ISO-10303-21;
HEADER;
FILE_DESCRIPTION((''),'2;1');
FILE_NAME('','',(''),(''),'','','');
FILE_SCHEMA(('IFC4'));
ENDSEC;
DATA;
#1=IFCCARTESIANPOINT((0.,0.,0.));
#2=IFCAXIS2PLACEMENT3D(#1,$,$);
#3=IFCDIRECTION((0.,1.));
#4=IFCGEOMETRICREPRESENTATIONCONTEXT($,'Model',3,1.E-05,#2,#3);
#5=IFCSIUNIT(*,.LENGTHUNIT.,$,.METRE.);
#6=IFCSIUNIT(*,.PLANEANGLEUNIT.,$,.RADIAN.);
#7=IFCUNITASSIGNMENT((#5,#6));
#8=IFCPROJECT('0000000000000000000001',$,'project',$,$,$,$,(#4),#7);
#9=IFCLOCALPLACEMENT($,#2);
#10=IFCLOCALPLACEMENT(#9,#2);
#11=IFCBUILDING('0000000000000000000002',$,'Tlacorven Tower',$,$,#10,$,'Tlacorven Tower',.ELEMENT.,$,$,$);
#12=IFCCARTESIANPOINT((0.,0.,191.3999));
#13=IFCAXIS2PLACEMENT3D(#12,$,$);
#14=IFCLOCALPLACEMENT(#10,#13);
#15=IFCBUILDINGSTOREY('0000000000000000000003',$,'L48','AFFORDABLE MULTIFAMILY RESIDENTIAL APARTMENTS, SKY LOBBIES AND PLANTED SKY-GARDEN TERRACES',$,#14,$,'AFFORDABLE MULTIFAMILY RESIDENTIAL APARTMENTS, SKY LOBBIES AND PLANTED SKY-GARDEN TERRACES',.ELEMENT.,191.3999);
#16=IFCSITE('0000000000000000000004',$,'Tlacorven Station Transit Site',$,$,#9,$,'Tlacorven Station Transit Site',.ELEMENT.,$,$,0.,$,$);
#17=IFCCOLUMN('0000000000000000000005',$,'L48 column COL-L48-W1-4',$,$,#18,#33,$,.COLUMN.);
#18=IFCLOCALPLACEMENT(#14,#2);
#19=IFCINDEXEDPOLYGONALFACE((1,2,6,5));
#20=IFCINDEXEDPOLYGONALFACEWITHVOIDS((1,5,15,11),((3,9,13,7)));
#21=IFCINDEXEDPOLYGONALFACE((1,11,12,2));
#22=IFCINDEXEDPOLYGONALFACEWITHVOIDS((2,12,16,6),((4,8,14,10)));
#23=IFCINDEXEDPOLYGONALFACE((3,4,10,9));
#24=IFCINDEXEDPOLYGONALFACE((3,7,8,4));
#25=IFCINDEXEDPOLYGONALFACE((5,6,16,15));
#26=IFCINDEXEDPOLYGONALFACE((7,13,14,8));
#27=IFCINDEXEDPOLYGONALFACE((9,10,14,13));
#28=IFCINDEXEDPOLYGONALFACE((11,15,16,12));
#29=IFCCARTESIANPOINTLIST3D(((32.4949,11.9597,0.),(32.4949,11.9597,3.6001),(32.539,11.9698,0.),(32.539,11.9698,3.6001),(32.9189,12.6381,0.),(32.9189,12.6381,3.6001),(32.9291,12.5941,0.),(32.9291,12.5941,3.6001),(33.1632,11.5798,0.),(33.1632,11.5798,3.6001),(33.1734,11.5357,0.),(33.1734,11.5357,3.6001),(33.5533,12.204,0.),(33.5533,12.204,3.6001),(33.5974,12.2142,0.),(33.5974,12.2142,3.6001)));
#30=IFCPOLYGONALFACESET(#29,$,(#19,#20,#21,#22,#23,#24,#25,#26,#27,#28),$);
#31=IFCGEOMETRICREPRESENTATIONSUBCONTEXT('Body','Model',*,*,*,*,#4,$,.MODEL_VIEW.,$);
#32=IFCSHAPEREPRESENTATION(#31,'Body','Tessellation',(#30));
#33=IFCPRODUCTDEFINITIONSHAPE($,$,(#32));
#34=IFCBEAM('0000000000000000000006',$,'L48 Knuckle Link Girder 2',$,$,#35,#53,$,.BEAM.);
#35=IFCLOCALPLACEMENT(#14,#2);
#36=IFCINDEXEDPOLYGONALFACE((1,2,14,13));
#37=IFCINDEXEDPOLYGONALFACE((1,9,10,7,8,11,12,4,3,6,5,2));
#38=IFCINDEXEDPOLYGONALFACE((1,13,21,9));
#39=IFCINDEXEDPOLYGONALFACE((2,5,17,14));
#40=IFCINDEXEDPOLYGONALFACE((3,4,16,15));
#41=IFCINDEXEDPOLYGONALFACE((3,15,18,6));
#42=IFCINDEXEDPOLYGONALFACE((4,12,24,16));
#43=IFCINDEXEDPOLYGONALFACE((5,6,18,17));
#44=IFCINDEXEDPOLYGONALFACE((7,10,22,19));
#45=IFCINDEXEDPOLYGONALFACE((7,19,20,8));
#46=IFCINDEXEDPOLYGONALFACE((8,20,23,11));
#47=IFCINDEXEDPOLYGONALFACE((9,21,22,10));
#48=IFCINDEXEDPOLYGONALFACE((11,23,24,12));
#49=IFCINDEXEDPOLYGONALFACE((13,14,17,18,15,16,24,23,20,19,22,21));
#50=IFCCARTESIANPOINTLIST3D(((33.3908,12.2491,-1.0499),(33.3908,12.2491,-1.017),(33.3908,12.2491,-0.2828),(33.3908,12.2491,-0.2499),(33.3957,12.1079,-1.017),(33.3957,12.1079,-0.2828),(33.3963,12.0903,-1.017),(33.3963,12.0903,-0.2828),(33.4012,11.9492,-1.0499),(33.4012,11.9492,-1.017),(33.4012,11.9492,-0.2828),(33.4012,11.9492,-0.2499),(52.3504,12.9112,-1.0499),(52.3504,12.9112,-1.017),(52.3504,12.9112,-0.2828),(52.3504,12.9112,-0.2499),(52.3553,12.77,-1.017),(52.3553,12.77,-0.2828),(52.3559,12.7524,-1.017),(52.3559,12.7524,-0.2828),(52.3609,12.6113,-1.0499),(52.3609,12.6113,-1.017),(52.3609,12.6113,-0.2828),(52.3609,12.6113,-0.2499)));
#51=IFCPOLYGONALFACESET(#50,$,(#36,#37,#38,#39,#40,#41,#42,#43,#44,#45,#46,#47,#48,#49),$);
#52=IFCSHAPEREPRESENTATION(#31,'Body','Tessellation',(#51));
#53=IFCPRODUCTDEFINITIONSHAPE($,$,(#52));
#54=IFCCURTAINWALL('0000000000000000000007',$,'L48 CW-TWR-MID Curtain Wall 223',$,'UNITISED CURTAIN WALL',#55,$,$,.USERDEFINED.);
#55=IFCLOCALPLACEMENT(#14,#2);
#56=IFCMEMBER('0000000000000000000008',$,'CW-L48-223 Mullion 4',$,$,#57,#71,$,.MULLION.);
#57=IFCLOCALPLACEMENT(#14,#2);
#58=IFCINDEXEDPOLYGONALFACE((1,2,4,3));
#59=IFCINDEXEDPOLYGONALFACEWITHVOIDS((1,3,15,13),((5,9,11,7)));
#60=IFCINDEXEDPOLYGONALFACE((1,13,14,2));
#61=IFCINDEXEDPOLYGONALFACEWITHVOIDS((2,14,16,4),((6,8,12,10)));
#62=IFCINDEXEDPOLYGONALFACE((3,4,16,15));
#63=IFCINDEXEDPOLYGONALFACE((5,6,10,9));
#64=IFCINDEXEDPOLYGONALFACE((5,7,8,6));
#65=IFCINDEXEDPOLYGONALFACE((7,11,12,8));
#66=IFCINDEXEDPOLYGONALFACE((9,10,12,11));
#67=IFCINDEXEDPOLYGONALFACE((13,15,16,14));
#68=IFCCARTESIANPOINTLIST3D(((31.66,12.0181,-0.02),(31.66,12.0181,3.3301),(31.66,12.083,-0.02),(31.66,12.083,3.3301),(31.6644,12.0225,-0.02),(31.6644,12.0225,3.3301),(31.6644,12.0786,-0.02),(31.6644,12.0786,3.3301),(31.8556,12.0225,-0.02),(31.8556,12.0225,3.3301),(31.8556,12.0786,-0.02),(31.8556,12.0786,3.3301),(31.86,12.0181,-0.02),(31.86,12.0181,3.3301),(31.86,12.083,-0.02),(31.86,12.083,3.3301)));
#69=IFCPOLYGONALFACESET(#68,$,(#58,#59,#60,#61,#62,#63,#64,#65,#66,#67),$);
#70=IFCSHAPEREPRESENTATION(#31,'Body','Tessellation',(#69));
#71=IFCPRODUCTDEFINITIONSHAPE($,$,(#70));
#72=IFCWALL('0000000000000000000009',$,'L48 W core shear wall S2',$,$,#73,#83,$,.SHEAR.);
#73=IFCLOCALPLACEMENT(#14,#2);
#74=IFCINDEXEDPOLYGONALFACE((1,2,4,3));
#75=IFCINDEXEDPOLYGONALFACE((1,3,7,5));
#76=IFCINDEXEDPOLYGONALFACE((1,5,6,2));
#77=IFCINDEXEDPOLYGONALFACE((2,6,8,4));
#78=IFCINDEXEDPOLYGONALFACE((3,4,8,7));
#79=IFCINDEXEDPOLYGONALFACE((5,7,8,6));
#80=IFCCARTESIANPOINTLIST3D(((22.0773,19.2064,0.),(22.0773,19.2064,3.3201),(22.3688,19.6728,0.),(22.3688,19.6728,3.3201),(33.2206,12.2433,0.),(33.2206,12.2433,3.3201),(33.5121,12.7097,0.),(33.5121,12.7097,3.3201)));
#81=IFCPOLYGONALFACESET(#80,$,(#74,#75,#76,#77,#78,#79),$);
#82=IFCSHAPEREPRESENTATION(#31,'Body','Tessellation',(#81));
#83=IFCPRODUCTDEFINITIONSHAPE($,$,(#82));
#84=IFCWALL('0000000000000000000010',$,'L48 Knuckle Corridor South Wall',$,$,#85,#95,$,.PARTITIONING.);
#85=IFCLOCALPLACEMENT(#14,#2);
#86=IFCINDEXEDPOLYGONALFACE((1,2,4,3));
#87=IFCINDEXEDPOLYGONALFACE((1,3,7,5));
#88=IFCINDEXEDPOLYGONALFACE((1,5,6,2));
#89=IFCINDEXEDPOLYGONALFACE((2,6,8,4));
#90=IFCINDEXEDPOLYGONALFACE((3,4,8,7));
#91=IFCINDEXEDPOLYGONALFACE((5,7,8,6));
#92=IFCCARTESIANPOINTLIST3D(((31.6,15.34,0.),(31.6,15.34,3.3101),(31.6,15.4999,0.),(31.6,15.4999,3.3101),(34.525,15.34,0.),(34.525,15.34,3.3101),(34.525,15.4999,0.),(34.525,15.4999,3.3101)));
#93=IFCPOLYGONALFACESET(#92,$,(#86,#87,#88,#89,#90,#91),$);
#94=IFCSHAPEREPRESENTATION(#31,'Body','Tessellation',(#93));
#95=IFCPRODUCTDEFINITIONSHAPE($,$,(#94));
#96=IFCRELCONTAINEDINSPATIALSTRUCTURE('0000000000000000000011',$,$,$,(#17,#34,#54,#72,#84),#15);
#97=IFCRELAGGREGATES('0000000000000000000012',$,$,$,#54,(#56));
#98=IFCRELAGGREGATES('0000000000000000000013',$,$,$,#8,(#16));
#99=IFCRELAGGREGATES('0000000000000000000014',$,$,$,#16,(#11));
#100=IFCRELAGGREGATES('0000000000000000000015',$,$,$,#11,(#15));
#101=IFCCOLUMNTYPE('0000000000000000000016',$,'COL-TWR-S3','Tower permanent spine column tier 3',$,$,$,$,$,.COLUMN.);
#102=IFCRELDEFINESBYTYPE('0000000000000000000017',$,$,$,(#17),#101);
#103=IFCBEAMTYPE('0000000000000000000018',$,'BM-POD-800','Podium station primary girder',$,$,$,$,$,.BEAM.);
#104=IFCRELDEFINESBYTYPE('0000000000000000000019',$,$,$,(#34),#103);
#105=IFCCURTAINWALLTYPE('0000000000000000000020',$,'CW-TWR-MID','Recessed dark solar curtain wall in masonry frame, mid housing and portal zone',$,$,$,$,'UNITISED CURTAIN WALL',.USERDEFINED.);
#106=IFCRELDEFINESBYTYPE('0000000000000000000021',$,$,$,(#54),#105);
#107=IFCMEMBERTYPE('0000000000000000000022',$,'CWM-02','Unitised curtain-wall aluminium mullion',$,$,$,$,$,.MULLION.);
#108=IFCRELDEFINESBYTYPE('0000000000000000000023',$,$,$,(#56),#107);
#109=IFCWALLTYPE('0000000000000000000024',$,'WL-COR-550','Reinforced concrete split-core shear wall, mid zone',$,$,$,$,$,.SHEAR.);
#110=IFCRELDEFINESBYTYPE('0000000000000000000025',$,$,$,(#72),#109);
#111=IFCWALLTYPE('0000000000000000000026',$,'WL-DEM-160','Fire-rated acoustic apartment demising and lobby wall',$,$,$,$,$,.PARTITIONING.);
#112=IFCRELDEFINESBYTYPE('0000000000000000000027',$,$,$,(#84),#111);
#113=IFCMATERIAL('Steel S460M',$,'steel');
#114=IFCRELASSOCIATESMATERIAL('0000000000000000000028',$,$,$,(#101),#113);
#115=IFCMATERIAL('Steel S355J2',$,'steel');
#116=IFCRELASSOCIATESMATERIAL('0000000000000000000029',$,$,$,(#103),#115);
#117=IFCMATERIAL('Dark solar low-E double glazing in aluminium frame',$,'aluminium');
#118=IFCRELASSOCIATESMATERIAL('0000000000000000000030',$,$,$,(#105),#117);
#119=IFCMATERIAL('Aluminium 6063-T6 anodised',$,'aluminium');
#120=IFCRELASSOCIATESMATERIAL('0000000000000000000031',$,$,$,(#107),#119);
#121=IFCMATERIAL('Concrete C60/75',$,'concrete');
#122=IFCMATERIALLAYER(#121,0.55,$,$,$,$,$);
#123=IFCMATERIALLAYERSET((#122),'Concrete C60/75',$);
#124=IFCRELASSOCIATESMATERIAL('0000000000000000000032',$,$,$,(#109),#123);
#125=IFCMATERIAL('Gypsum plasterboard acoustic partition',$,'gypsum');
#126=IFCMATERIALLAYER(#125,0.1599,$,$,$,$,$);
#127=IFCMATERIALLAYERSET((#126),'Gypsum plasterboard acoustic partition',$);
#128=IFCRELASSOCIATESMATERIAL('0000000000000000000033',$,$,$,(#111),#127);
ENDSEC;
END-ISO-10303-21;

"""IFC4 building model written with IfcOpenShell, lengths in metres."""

from ifc_helpers import new_model, si_unit, direction, frame, frame_2d, origin, origin_2d, place, context, subcontext, project, spatial, rectangle, hollow_rectangle, i_section, extrude, source, transform, mapped, material, layer, layer_set, material_profile, profile_set, type_object, element, aggregate, save


model = new_model("IFC4")

# Units and contexts
model_context = context("Model", 3, precision=1e-05, world=origin(), true_north=direction((0.0, 1.0)))
body_context = subcontext(model_context, "Body", "Model", "MODEL_VIEW")
ifc_project = project(units=[si_unit("LENGTHUNIT", "METRE"), si_unit("PLANEANGLEUNIT", "RADIAN")], contexts=[model_context])

# Site, building, storey
site_placement = place(None, origin())
site = spatial("IfcSite", under=ifc_project, at=site_placement, Name="Tlacorven Station Transit Site", LongName="Tlacorven Station Transit Site", CompositionType="ELEMENT", RefElevation=0.0)
building_placement = place(site_placement, origin())
building = spatial("IfcBuilding", under=site, at=building_placement, Name="Tlacorven Tower", LongName="Tlacorven Tower", CompositionType="ELEMENT")
storey_placement = place(building_placement, frame((0.0, 0.0, 191.3999)))
storey = spatial("IfcBuildingStorey", under=building, at=storey_placement, Name="L48", Description="AFFORDABLE MULTIFAMILY RESIDENTIAL APARTMENTS, SKY LOBBIES AND PLANTED SKY-GARDEN TERRACES", LongName="AFFORDABLE MULTIFAMILY RESIDENTIAL APARTMENTS, SKY LOBBIES AND PLANTED SKY-GARDEN TERRACES", CompositionType="ELEMENT", Elevation=191.3999)

# Column
ifc_material_1 = material(Name="Steel S460M", Category="steel")
ifc_material_profile_1 = material_profile(ifc_material_1, hollow_rectangle(XDim=0.8, YDim=0.8, WallThickness=0.032, at=origin_2d()), Name="BOX 800X800X32")
ifc_profile_set_1 = profile_set([ifc_material_profile_1], Name="Steel S460M")
column_type = type_object("IfcColumnType", Name="COL-TWR-S3", Description="Tower permanent spine column tier 3", PredefinedType="COLUMN", material=ifc_profile_set_1)
shared_shape_1 = source(origin(), body_context, "Body", "SweptSolid", [
    extrude(hollow_rectangle(XDim=0.8, YDim=0.8, WallThickness=0.032, at=origin_2d()), origin(), (0.0, 0.0, 1.0), 3.6001),
])
column_placement = place(storey_placement, frame((33.0461, 12.0869, 0.0), z_axis=(0.0, 0.0, 1.0), x_axis=(-0.848048, 0.529919, 0.0)))
element("IfcColumn", 1, at=column_placement, inside=storey, type_object=column_type, Name="L48 column COL-L48-W1-4", PredefinedType="COLUMN", context=body_context, shape_type="MappedRepresentation", body=[
    mapped(shared_shape_1, transform((0.0, 0.0, 0.0), scale=1.0)),
])

# Beam
ifc_material_2 = material(Name="Steel S355J2", Category="steel")
ifc_material_profile_2 = material_profile(ifc_material_2, i_section(OverallWidth=0.3, OverallDepth=0.8, WebThickness=0.0176, FlangeThickness=0.033, at=origin_2d()), Name="HEB 800")
ifc_profile_set_2 = profile_set([ifc_material_profile_2], Name="Steel S355J2")
beam_type = type_object("IfcBeamType", Name="BM-POD-800", Description="Podium station primary girder", PredefinedType="BEAM", material=ifc_profile_set_2)
shared_shape_2 = source(origin(), body_context, "Body", "SweptSolid", [
    extrude(i_section(OverallWidth=0.3, OverallDepth=0.8, WebThickness=0.0176, FlangeThickness=0.033, at=origin_2d()), origin(), (0.0, 0.0, 1.0), 18.9712),
])
beam_placement = place(storey_placement, frame((33.396, 12.0991, -0.6499), z_axis=(0.999391, 0.034901, 0.0), x_axis=(-0.034901, 0.999391, 0.0)))
element("IfcBeam", 2, at=beam_placement, inside=storey, type_object=beam_type, Name="L48 Knuckle Link Girder 2", PredefinedType="BEAM", context=body_context, shape_type="MappedRepresentation", body=[
    mapped(shared_shape_2, transform((0.0, 0.0, 0.0), scale=1.0)),
])

# Curtain wall, member
ifc_material_3 = material(Name="Dark solar low-E double glazing in aluminium frame", Category="aluminium")
curtain_wall_type = type_object("IfcCurtainWallType", Name="CW-TWR-MID", Description="Recessed dark solar curtain wall in masonry frame, mid housing and portal zone", ElementType="UNITISED CURTAIN WALL", PredefinedType="USERDEFINED", material=ifc_material_3)
curtain_wall_placement = place(storey_placement, origin())
curtain_wall = element("IfcCurtainWall", 3, at=curtain_wall_placement, inside=storey, type_object=curtain_wall_type, Name="L48 CW-TWR-MID Curtain Wall 223", ObjectType="UNITISED CURTAIN WALL", PredefinedType="USERDEFINED")
ifc_material_4 = material(Name="Aluminium 6063-T6 anodised", Category="aluminium")
ifc_material_profile_3 = material_profile(ifc_material_4, hollow_rectangle(XDim=0.0649, YDim=0.2, WallThickness=0.0044, at=origin_2d()), Name="ALU MULLION 65X200")
ifc_profile_set_3 = profile_set([ifc_material_profile_3], Name="Aluminium 6063-T6 anodised")
member_type = type_object("IfcMemberType", Name="CWM-02", Description="Unitised curtain-wall aluminium mullion", PredefinedType="MULLION", material=ifc_profile_set_3)
shared_shape_3 = source(origin(), body_context, "Body", "SweptSolid", [
    extrude(hollow_rectangle(XDim=0.0649, YDim=0.2, WallThickness=0.0044, at=origin_2d()), origin(), (0.0, 0.0, 1.0), 3.3501),
])
member_placement = place(storey_placement, frame((31.76, 12.0505, -0.02), z_axis=(0.0, 0.0, 1.0), x_axis=(0.0, 1.0, 0.0)))
member = element("IfcMember", 4, at=member_placement, type_object=member_type, Name="CW-L48-223 Mullion 4", PredefinedType="MULLION", context=body_context, shape_type="MappedRepresentation", body=[
    mapped(shared_shape_3, transform((0.0, 0.0, 0.0), scale=1.0)),
])
aggregate(curtain_wall, [member])

# Walls
ifc_material_5 = material(Name="Concrete C60/75", Category="concrete")
ifc_layer_1 = layer(ifc_material_5, 0.55)
ifc_layer_set_1 = layer_set([ifc_layer_1], Name="Concrete C60/75")
wall_type_1 = type_object("IfcWallType", Name="WL-COR-550", Description="Reinforced concrete split-core shear wall, mid zone", PredefinedType="SHEAR", material=ifc_layer_set_1)
wall_1_placement = place(storey_placement, frame((33.3662, 12.4766, 0.0), z_axis=(0.0, 0.0, 1.0), x_axis=(-0.848047, 0.52992, 0.0)))
element("IfcWall", 5, at=wall_1_placement, inside=storey, type_object=wall_type_1, Name="L48 W core shear wall S2", PredefinedType="SHEAR", context=body_context, shape_type="SweptSolid", body=[
    extrude(rectangle(XDim=13.1399, YDim=0.55, at=frame_2d((6.5698, 0.0))), origin(), (0.0, 0.0, 1.0), 3.3201),
])
ifc_material_6 = material(Name="Gypsum plasterboard acoustic partition", Category="gypsum")
ifc_layer_2 = layer(ifc_material_6, 0.1599)
ifc_layer_set_2 = layer_set([ifc_layer_2], Name="Gypsum plasterboard acoustic partition")
wall_type_2 = type_object("IfcWallType", Name="WL-DEM-160", Description="Fire-rated acoustic apartment demising and lobby wall", PredefinedType="PARTITIONING", material=ifc_layer_set_2)
wall_2_placement = place(storey_placement, frame((31.6001, 15.4199, 0.0), z_axis=(0.0, 0.0, 1.0), x_axis=(1.0, 0.0, 0.0)))
element("IfcWall", 6, at=wall_2_placement, inside=storey, type_object=wall_type_2, Name="L48 Knuckle Corridor South Wall", PredefinedType="PARTITIONING", context=body_context, shape_type="SweptSolid", body=[
    extrude(rectangle(XDim=2.925, YDim=0.1599, at=frame_2d((1.4624, 0.0))), origin(), (0.0, 0.0, 1.0), 3.3101),
])

save(model, "model.ifc")
